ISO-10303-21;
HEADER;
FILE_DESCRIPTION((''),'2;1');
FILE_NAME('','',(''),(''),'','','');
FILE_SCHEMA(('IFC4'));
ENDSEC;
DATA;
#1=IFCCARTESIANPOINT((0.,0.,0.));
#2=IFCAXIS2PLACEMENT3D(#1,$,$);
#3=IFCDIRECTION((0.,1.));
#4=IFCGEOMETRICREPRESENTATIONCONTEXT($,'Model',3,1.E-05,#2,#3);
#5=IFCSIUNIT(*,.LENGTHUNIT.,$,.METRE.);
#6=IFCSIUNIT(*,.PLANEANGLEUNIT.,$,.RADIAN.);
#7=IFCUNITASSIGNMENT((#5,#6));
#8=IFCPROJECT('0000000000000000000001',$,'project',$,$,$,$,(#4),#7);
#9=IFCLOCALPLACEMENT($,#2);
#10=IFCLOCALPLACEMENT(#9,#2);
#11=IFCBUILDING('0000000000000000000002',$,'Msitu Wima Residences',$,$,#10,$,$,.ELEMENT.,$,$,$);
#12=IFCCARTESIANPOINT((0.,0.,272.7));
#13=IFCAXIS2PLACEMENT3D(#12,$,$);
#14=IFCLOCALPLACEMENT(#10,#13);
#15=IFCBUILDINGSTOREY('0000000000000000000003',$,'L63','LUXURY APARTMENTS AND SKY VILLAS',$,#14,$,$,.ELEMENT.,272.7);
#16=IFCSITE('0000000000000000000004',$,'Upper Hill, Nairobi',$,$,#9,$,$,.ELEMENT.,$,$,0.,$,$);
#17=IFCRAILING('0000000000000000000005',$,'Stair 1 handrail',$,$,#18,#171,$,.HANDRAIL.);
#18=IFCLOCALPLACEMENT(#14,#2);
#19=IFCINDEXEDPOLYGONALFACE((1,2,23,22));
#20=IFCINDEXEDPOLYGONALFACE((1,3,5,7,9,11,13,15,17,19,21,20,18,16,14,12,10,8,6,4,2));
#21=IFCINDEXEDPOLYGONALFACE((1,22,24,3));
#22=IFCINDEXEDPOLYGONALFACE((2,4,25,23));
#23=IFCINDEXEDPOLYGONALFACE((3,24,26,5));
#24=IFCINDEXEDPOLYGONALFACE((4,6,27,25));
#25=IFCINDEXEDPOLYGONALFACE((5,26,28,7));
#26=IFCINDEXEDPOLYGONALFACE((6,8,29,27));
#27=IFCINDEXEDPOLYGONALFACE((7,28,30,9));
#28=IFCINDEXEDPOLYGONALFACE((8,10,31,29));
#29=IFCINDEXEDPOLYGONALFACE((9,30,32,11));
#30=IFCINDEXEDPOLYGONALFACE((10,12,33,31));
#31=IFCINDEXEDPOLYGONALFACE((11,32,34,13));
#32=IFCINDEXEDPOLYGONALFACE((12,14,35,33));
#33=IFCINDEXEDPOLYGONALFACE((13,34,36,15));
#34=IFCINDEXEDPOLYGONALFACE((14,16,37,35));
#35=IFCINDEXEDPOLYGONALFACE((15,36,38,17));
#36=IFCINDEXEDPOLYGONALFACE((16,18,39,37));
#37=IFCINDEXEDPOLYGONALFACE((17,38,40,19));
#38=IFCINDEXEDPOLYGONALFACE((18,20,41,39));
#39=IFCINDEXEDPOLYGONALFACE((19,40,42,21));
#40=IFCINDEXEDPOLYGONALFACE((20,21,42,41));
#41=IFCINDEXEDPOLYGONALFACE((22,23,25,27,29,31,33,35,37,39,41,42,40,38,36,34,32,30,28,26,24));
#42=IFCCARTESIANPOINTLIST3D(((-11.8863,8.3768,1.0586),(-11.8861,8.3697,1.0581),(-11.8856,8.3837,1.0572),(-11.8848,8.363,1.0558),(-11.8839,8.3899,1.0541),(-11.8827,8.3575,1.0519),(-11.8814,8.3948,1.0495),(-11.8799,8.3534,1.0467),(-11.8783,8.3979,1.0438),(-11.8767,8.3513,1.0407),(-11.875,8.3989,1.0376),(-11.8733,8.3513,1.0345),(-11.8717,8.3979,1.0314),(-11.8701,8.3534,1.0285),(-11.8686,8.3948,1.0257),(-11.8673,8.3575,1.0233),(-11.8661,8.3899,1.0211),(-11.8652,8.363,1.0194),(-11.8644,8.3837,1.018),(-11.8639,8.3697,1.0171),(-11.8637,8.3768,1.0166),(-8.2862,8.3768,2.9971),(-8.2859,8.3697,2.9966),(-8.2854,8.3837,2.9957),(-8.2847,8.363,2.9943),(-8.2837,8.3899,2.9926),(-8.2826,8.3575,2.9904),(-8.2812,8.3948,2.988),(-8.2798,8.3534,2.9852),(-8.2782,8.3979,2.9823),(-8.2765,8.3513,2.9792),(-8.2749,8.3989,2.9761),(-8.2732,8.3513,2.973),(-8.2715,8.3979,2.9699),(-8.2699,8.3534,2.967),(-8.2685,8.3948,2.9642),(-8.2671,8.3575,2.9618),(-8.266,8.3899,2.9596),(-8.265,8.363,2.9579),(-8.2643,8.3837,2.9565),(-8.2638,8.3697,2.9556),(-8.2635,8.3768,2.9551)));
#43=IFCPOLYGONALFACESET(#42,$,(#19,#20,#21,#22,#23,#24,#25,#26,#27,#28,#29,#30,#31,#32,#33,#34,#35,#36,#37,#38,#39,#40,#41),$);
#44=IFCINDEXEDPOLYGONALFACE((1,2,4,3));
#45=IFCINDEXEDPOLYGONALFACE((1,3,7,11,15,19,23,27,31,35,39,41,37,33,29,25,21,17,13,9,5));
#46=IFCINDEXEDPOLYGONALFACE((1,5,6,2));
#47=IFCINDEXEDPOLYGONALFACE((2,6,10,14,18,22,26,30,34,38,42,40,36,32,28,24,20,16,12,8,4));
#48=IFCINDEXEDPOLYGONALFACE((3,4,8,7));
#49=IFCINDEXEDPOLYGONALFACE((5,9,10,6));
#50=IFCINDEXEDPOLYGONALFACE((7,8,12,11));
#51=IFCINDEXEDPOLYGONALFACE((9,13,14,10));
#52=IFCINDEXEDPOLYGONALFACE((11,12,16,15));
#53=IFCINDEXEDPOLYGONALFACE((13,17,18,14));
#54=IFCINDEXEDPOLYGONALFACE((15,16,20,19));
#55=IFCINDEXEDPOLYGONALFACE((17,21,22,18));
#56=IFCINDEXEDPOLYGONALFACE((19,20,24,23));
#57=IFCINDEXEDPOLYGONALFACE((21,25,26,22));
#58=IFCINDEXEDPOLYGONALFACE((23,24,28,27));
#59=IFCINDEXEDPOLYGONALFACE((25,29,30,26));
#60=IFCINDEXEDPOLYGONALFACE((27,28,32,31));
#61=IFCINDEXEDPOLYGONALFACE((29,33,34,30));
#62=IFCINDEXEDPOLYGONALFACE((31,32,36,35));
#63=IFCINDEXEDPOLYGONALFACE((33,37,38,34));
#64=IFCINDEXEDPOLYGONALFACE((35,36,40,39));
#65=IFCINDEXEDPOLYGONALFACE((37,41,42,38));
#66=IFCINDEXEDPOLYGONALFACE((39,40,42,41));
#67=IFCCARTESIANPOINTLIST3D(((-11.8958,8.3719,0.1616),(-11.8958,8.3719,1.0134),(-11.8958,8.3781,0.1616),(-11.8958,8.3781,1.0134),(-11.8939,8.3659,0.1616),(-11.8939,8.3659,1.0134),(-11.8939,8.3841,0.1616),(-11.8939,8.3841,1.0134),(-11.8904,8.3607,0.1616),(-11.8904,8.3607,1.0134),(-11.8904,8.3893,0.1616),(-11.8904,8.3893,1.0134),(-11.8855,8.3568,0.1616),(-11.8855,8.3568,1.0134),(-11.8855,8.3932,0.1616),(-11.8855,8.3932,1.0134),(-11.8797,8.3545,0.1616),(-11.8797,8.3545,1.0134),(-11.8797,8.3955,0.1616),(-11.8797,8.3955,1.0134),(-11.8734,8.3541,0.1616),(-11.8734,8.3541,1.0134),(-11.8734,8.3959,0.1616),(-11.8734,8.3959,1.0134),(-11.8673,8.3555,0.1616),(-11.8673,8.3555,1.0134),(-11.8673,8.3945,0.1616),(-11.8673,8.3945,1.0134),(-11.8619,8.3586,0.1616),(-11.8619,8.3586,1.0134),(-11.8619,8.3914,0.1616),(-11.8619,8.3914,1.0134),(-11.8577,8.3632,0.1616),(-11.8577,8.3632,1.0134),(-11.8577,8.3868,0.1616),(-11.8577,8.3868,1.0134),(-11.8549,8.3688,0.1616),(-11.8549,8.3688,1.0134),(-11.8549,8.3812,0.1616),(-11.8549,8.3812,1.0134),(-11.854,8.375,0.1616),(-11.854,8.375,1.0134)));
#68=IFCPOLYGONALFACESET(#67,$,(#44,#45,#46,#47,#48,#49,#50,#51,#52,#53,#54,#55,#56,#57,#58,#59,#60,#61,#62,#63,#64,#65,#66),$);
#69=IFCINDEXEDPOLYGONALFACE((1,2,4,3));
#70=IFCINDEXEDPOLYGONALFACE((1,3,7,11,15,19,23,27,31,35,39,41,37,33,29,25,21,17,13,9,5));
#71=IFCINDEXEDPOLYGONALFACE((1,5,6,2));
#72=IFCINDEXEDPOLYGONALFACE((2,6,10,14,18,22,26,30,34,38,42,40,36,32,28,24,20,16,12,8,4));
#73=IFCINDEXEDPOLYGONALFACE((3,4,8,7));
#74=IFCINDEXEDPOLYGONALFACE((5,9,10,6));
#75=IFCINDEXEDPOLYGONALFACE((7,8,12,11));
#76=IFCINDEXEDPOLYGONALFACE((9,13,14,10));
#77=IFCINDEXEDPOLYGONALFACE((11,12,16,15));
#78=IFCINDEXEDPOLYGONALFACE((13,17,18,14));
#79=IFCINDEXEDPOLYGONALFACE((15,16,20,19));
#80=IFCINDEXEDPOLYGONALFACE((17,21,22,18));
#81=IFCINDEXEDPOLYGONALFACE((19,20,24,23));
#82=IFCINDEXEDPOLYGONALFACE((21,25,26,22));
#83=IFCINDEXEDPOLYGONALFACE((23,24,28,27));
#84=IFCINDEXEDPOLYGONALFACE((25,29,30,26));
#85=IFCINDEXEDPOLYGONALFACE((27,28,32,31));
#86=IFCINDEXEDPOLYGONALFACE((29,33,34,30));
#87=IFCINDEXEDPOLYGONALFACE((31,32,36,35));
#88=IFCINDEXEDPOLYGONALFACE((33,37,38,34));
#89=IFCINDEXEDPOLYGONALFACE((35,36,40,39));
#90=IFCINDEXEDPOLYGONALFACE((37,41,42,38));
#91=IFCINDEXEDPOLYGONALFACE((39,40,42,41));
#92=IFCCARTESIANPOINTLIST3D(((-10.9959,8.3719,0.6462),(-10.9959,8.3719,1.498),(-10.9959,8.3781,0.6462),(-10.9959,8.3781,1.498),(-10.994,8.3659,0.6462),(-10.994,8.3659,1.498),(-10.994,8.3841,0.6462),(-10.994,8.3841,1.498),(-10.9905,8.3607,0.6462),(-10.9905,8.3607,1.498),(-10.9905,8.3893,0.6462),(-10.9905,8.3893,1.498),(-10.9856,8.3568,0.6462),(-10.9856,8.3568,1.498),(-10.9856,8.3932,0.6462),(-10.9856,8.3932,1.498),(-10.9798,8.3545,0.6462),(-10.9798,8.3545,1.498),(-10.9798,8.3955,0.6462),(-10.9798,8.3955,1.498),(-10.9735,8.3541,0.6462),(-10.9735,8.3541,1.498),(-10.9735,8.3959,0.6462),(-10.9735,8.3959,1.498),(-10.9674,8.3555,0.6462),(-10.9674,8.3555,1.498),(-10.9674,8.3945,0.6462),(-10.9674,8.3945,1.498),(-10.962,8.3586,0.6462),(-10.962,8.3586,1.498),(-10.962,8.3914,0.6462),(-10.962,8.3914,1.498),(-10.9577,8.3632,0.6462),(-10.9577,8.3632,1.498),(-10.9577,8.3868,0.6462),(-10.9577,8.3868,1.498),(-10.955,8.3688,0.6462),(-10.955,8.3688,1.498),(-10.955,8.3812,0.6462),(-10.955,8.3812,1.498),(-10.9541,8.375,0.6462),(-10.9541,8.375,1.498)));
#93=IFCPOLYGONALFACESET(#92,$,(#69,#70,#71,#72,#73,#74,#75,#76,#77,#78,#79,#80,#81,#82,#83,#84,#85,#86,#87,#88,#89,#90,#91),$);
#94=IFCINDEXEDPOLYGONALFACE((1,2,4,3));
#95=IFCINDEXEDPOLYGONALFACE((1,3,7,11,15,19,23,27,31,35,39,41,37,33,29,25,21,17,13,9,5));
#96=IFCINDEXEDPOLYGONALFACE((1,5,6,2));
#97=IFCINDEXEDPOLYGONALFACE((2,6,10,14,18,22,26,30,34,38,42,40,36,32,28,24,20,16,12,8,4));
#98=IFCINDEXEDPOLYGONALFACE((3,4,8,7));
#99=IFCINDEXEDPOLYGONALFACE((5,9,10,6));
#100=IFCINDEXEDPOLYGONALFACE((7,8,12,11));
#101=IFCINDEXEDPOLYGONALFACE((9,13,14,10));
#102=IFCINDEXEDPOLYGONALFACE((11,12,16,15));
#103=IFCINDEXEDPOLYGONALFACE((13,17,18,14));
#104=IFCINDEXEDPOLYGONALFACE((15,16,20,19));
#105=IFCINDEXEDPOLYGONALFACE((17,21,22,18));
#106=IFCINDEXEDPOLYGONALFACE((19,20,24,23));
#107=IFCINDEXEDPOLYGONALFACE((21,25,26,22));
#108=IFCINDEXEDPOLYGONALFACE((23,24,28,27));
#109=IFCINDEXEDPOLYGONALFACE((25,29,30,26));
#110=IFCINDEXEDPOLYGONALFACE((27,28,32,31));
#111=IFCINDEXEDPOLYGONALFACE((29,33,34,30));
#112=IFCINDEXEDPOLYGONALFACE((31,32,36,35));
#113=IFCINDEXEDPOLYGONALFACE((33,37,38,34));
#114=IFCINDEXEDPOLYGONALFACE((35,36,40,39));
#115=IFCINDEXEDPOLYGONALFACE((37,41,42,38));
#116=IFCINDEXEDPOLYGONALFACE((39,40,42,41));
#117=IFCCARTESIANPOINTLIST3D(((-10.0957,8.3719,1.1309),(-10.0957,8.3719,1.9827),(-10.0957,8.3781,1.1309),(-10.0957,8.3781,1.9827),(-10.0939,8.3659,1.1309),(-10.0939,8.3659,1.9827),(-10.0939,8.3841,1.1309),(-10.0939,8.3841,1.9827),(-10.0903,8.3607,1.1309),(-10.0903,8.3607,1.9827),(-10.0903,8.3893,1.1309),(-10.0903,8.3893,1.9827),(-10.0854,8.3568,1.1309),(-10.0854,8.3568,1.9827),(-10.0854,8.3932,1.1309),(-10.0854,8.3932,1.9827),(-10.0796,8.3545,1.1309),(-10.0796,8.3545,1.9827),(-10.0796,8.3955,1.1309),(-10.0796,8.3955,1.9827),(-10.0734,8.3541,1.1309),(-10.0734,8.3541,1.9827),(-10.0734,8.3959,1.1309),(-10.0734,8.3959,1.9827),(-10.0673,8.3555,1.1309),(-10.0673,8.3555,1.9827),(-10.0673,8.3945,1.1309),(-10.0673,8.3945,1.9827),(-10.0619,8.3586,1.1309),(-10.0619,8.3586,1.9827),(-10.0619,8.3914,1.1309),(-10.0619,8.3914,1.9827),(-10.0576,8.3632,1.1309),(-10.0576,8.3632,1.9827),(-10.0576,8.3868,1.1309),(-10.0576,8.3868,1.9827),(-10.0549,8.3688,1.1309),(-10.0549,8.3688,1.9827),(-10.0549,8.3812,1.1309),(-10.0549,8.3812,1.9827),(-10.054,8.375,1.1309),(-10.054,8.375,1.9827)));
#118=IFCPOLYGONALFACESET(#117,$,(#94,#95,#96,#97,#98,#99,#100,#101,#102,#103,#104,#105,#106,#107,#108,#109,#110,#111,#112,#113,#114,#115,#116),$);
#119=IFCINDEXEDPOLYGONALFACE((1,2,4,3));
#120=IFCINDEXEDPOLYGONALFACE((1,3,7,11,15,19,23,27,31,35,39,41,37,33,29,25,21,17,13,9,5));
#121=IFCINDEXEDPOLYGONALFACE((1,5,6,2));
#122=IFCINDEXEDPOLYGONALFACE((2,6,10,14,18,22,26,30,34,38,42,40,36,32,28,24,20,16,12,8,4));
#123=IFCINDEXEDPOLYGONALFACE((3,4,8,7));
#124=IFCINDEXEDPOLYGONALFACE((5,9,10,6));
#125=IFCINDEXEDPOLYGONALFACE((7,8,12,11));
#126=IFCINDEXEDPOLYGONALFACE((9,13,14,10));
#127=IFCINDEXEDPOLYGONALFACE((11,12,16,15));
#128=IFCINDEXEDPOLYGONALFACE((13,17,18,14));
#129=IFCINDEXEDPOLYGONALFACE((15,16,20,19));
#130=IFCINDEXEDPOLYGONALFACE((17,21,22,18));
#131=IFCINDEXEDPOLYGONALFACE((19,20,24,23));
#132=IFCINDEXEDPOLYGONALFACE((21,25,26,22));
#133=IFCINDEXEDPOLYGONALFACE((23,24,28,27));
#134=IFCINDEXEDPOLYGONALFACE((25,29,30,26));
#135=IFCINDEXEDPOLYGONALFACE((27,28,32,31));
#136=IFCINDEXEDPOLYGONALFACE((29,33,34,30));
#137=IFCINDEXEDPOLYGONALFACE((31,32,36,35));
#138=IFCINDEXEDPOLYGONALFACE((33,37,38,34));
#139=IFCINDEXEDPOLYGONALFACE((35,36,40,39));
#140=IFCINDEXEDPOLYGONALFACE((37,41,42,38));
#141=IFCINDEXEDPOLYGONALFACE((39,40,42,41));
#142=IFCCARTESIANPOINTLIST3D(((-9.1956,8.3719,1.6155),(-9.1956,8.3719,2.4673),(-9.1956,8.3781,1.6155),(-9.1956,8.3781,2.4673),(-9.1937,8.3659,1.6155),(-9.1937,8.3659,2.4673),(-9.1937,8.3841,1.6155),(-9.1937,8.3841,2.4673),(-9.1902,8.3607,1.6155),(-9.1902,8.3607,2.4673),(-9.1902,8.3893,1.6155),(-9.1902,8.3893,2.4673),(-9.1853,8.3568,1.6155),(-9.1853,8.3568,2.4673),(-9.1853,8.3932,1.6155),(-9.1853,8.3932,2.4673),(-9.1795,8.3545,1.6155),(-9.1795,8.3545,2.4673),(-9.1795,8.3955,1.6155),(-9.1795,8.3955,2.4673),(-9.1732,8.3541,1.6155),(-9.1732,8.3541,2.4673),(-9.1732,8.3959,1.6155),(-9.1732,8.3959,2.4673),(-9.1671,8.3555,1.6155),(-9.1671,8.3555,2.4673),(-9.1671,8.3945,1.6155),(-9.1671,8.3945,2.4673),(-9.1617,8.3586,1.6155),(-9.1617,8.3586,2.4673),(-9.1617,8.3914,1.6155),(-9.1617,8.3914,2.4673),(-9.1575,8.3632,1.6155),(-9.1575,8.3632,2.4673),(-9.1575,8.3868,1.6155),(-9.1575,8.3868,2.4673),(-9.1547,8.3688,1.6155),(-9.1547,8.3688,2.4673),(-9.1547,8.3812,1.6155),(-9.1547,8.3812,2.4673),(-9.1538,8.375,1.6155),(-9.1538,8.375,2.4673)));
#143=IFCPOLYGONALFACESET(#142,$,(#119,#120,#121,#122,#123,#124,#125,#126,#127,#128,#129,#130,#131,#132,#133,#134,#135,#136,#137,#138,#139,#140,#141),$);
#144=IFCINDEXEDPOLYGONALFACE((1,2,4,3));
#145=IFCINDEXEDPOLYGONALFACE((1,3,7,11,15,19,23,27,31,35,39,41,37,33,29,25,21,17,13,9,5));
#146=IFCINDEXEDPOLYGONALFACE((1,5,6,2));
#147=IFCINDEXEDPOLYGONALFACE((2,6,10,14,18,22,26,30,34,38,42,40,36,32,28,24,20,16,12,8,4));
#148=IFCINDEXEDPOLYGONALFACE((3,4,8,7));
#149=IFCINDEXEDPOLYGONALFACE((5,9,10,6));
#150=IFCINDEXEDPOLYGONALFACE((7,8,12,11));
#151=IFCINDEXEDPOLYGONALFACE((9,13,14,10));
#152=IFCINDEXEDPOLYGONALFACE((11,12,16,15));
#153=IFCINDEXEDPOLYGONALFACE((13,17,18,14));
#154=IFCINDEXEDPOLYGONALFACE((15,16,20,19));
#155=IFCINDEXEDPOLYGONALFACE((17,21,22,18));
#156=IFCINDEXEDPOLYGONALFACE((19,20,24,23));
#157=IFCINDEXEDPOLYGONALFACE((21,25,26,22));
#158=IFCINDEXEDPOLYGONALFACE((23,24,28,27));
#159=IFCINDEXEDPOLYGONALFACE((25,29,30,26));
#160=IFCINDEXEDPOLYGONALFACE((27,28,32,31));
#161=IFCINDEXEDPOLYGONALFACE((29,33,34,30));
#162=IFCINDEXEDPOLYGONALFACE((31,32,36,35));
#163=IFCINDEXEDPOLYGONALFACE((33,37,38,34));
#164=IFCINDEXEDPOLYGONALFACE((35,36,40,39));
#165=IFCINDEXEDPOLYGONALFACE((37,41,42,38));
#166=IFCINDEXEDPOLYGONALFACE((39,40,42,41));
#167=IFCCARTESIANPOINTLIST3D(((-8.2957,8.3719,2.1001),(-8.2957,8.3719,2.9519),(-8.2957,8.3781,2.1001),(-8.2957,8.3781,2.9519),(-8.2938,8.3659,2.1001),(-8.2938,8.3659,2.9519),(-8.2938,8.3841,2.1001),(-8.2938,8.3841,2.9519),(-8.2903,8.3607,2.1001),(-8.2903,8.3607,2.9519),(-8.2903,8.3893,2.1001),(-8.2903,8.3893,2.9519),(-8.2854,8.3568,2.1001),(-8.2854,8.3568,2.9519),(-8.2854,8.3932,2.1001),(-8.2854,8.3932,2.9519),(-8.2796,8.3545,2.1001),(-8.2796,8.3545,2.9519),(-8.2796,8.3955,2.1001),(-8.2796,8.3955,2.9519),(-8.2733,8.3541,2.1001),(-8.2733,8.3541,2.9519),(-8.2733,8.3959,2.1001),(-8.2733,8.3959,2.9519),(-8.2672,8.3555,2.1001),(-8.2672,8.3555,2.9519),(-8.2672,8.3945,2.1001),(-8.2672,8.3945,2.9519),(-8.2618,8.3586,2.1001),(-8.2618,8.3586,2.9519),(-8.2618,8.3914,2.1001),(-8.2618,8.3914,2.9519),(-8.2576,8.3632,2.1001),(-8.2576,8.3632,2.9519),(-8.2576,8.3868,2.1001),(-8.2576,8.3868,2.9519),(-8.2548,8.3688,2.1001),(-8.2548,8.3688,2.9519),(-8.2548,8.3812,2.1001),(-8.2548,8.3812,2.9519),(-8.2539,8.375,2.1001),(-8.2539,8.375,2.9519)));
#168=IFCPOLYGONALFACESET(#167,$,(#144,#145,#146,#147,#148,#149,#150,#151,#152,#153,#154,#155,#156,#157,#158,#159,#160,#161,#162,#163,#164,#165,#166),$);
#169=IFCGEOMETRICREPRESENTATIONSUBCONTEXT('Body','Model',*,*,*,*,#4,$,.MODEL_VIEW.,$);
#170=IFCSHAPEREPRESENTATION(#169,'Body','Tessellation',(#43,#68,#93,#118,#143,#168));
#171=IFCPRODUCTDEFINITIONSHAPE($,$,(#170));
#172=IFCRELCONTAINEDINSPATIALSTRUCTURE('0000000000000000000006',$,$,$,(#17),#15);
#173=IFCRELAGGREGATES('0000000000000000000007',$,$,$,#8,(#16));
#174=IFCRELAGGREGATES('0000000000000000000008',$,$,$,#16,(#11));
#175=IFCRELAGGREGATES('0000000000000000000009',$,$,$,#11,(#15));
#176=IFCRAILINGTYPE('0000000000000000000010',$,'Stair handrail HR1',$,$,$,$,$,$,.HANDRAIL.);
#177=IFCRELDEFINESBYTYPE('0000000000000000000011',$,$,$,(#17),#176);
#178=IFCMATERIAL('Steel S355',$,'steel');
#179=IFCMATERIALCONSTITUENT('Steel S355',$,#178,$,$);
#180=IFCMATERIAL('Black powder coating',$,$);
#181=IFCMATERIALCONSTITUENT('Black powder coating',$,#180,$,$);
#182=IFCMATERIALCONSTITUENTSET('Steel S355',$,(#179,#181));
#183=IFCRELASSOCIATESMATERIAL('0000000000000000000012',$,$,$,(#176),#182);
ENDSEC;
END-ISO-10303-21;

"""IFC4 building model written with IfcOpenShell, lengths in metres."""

from ifc_helpers import new_model, si_unit, direction, frame, origin, origin_2d, place, context, subcontext, project, spatial, circle, extrude, material, constituent, constituent_set, type_object, element, save


model = new_model("IFC4")

# Units and contexts
model_context = context("Model", 3, precision=1e-05, world=origin(), true_north=direction((0.0, 1.0)))
body_context = subcontext(model_context, "Body", "Model", "MODEL_VIEW")
ifc_project = project(units=[si_unit("LENGTHUNIT", "METRE"), si_unit("PLANEANGLEUNIT", "RADIAN")], contexts=[model_context])

# Site, building, storey
site_placement = place(None, origin())
site = spatial("IfcSite", under=ifc_project, at=site_placement, Name="Upper Hill, Nairobi", CompositionType="ELEMENT", RefElevation=0.0)
building_placement = place(site_placement, origin())
building = spatial("IfcBuilding", under=site, at=building_placement, Name="Msitu Wima Residences", CompositionType="ELEMENT")
storey_placement = place(building_placement, frame((0.0, 0.0, 272.7)))
storey = spatial("IfcBuildingStorey", under=building, at=storey_placement, Name="L63", Description="LUXURY APARTMENTS AND SKY VILLAS", CompositionType="ELEMENT", Elevation=272.7)

# Railing
ifc_material_1 = material(Name="Steel S355", Category="steel")
ifc_constituent_1 = constituent(ifc_material_1, Name="Steel S355")
ifc_material_2 = material(Name="Black powder coating")
ifc_constituent_2 = constituent(ifc_material_2, Name="Black powder coating")
ifc_constituent_set = constituent_set(constituents=[ifc_constituent_1, ifc_constituent_2], Name="Steel S355")
railing_type = type_object("IfcRailingType", Name="Stair handrail HR1", PredefinedType="HANDRAIL", material=ifc_constituent_set)
railing_placement = place(storey_placement, frame((-11.875, 8.375, 0.1616)))
element("IfcRailing", 1, at=railing_placement, inside=storey, type_object=railing_type, Name="Stair 1 handrail", PredefinedType="HANDRAIL", context=body_context, shape_type="SweptSolid", body=[
    extrude(circle(Radius=0.0239, at=origin_2d()), frame((0.0, 0.0, 0.876), z_axis=(0.880475, 0.0, 0.474093), x_axis=(0.0, 1.0, 0.0)), (0.0, 0.0, 1.0), 4.0889),
    extrude(circle(Radius=0.021, at=origin_2d()), origin(), (0.0, 0.0, 1.0), 0.8518),
    extrude(circle(Radius=0.021, at=origin_2d()), frame((0.8999, 0.0, 0.4846)), (0.0, 0.0, 1.0), 0.8518),
    extrude(circle(Radius=0.021, at=origin_2d()), frame((1.8, 0.0, 0.9692)), (0.0, 0.0, 1.0), 0.8518),
    extrude(circle(Radius=0.021, at=origin_2d()), frame((2.7002, 0.0, 1.4539)), (0.0, 0.0, 1.0), 0.8518),
    extrude(circle(Radius=0.021, at=origin_2d()), frame((3.6001, 0.0, 1.9385)), (0.0, 0.0, 1.0), 0.8518),
])

save(model, "model.ifc")
